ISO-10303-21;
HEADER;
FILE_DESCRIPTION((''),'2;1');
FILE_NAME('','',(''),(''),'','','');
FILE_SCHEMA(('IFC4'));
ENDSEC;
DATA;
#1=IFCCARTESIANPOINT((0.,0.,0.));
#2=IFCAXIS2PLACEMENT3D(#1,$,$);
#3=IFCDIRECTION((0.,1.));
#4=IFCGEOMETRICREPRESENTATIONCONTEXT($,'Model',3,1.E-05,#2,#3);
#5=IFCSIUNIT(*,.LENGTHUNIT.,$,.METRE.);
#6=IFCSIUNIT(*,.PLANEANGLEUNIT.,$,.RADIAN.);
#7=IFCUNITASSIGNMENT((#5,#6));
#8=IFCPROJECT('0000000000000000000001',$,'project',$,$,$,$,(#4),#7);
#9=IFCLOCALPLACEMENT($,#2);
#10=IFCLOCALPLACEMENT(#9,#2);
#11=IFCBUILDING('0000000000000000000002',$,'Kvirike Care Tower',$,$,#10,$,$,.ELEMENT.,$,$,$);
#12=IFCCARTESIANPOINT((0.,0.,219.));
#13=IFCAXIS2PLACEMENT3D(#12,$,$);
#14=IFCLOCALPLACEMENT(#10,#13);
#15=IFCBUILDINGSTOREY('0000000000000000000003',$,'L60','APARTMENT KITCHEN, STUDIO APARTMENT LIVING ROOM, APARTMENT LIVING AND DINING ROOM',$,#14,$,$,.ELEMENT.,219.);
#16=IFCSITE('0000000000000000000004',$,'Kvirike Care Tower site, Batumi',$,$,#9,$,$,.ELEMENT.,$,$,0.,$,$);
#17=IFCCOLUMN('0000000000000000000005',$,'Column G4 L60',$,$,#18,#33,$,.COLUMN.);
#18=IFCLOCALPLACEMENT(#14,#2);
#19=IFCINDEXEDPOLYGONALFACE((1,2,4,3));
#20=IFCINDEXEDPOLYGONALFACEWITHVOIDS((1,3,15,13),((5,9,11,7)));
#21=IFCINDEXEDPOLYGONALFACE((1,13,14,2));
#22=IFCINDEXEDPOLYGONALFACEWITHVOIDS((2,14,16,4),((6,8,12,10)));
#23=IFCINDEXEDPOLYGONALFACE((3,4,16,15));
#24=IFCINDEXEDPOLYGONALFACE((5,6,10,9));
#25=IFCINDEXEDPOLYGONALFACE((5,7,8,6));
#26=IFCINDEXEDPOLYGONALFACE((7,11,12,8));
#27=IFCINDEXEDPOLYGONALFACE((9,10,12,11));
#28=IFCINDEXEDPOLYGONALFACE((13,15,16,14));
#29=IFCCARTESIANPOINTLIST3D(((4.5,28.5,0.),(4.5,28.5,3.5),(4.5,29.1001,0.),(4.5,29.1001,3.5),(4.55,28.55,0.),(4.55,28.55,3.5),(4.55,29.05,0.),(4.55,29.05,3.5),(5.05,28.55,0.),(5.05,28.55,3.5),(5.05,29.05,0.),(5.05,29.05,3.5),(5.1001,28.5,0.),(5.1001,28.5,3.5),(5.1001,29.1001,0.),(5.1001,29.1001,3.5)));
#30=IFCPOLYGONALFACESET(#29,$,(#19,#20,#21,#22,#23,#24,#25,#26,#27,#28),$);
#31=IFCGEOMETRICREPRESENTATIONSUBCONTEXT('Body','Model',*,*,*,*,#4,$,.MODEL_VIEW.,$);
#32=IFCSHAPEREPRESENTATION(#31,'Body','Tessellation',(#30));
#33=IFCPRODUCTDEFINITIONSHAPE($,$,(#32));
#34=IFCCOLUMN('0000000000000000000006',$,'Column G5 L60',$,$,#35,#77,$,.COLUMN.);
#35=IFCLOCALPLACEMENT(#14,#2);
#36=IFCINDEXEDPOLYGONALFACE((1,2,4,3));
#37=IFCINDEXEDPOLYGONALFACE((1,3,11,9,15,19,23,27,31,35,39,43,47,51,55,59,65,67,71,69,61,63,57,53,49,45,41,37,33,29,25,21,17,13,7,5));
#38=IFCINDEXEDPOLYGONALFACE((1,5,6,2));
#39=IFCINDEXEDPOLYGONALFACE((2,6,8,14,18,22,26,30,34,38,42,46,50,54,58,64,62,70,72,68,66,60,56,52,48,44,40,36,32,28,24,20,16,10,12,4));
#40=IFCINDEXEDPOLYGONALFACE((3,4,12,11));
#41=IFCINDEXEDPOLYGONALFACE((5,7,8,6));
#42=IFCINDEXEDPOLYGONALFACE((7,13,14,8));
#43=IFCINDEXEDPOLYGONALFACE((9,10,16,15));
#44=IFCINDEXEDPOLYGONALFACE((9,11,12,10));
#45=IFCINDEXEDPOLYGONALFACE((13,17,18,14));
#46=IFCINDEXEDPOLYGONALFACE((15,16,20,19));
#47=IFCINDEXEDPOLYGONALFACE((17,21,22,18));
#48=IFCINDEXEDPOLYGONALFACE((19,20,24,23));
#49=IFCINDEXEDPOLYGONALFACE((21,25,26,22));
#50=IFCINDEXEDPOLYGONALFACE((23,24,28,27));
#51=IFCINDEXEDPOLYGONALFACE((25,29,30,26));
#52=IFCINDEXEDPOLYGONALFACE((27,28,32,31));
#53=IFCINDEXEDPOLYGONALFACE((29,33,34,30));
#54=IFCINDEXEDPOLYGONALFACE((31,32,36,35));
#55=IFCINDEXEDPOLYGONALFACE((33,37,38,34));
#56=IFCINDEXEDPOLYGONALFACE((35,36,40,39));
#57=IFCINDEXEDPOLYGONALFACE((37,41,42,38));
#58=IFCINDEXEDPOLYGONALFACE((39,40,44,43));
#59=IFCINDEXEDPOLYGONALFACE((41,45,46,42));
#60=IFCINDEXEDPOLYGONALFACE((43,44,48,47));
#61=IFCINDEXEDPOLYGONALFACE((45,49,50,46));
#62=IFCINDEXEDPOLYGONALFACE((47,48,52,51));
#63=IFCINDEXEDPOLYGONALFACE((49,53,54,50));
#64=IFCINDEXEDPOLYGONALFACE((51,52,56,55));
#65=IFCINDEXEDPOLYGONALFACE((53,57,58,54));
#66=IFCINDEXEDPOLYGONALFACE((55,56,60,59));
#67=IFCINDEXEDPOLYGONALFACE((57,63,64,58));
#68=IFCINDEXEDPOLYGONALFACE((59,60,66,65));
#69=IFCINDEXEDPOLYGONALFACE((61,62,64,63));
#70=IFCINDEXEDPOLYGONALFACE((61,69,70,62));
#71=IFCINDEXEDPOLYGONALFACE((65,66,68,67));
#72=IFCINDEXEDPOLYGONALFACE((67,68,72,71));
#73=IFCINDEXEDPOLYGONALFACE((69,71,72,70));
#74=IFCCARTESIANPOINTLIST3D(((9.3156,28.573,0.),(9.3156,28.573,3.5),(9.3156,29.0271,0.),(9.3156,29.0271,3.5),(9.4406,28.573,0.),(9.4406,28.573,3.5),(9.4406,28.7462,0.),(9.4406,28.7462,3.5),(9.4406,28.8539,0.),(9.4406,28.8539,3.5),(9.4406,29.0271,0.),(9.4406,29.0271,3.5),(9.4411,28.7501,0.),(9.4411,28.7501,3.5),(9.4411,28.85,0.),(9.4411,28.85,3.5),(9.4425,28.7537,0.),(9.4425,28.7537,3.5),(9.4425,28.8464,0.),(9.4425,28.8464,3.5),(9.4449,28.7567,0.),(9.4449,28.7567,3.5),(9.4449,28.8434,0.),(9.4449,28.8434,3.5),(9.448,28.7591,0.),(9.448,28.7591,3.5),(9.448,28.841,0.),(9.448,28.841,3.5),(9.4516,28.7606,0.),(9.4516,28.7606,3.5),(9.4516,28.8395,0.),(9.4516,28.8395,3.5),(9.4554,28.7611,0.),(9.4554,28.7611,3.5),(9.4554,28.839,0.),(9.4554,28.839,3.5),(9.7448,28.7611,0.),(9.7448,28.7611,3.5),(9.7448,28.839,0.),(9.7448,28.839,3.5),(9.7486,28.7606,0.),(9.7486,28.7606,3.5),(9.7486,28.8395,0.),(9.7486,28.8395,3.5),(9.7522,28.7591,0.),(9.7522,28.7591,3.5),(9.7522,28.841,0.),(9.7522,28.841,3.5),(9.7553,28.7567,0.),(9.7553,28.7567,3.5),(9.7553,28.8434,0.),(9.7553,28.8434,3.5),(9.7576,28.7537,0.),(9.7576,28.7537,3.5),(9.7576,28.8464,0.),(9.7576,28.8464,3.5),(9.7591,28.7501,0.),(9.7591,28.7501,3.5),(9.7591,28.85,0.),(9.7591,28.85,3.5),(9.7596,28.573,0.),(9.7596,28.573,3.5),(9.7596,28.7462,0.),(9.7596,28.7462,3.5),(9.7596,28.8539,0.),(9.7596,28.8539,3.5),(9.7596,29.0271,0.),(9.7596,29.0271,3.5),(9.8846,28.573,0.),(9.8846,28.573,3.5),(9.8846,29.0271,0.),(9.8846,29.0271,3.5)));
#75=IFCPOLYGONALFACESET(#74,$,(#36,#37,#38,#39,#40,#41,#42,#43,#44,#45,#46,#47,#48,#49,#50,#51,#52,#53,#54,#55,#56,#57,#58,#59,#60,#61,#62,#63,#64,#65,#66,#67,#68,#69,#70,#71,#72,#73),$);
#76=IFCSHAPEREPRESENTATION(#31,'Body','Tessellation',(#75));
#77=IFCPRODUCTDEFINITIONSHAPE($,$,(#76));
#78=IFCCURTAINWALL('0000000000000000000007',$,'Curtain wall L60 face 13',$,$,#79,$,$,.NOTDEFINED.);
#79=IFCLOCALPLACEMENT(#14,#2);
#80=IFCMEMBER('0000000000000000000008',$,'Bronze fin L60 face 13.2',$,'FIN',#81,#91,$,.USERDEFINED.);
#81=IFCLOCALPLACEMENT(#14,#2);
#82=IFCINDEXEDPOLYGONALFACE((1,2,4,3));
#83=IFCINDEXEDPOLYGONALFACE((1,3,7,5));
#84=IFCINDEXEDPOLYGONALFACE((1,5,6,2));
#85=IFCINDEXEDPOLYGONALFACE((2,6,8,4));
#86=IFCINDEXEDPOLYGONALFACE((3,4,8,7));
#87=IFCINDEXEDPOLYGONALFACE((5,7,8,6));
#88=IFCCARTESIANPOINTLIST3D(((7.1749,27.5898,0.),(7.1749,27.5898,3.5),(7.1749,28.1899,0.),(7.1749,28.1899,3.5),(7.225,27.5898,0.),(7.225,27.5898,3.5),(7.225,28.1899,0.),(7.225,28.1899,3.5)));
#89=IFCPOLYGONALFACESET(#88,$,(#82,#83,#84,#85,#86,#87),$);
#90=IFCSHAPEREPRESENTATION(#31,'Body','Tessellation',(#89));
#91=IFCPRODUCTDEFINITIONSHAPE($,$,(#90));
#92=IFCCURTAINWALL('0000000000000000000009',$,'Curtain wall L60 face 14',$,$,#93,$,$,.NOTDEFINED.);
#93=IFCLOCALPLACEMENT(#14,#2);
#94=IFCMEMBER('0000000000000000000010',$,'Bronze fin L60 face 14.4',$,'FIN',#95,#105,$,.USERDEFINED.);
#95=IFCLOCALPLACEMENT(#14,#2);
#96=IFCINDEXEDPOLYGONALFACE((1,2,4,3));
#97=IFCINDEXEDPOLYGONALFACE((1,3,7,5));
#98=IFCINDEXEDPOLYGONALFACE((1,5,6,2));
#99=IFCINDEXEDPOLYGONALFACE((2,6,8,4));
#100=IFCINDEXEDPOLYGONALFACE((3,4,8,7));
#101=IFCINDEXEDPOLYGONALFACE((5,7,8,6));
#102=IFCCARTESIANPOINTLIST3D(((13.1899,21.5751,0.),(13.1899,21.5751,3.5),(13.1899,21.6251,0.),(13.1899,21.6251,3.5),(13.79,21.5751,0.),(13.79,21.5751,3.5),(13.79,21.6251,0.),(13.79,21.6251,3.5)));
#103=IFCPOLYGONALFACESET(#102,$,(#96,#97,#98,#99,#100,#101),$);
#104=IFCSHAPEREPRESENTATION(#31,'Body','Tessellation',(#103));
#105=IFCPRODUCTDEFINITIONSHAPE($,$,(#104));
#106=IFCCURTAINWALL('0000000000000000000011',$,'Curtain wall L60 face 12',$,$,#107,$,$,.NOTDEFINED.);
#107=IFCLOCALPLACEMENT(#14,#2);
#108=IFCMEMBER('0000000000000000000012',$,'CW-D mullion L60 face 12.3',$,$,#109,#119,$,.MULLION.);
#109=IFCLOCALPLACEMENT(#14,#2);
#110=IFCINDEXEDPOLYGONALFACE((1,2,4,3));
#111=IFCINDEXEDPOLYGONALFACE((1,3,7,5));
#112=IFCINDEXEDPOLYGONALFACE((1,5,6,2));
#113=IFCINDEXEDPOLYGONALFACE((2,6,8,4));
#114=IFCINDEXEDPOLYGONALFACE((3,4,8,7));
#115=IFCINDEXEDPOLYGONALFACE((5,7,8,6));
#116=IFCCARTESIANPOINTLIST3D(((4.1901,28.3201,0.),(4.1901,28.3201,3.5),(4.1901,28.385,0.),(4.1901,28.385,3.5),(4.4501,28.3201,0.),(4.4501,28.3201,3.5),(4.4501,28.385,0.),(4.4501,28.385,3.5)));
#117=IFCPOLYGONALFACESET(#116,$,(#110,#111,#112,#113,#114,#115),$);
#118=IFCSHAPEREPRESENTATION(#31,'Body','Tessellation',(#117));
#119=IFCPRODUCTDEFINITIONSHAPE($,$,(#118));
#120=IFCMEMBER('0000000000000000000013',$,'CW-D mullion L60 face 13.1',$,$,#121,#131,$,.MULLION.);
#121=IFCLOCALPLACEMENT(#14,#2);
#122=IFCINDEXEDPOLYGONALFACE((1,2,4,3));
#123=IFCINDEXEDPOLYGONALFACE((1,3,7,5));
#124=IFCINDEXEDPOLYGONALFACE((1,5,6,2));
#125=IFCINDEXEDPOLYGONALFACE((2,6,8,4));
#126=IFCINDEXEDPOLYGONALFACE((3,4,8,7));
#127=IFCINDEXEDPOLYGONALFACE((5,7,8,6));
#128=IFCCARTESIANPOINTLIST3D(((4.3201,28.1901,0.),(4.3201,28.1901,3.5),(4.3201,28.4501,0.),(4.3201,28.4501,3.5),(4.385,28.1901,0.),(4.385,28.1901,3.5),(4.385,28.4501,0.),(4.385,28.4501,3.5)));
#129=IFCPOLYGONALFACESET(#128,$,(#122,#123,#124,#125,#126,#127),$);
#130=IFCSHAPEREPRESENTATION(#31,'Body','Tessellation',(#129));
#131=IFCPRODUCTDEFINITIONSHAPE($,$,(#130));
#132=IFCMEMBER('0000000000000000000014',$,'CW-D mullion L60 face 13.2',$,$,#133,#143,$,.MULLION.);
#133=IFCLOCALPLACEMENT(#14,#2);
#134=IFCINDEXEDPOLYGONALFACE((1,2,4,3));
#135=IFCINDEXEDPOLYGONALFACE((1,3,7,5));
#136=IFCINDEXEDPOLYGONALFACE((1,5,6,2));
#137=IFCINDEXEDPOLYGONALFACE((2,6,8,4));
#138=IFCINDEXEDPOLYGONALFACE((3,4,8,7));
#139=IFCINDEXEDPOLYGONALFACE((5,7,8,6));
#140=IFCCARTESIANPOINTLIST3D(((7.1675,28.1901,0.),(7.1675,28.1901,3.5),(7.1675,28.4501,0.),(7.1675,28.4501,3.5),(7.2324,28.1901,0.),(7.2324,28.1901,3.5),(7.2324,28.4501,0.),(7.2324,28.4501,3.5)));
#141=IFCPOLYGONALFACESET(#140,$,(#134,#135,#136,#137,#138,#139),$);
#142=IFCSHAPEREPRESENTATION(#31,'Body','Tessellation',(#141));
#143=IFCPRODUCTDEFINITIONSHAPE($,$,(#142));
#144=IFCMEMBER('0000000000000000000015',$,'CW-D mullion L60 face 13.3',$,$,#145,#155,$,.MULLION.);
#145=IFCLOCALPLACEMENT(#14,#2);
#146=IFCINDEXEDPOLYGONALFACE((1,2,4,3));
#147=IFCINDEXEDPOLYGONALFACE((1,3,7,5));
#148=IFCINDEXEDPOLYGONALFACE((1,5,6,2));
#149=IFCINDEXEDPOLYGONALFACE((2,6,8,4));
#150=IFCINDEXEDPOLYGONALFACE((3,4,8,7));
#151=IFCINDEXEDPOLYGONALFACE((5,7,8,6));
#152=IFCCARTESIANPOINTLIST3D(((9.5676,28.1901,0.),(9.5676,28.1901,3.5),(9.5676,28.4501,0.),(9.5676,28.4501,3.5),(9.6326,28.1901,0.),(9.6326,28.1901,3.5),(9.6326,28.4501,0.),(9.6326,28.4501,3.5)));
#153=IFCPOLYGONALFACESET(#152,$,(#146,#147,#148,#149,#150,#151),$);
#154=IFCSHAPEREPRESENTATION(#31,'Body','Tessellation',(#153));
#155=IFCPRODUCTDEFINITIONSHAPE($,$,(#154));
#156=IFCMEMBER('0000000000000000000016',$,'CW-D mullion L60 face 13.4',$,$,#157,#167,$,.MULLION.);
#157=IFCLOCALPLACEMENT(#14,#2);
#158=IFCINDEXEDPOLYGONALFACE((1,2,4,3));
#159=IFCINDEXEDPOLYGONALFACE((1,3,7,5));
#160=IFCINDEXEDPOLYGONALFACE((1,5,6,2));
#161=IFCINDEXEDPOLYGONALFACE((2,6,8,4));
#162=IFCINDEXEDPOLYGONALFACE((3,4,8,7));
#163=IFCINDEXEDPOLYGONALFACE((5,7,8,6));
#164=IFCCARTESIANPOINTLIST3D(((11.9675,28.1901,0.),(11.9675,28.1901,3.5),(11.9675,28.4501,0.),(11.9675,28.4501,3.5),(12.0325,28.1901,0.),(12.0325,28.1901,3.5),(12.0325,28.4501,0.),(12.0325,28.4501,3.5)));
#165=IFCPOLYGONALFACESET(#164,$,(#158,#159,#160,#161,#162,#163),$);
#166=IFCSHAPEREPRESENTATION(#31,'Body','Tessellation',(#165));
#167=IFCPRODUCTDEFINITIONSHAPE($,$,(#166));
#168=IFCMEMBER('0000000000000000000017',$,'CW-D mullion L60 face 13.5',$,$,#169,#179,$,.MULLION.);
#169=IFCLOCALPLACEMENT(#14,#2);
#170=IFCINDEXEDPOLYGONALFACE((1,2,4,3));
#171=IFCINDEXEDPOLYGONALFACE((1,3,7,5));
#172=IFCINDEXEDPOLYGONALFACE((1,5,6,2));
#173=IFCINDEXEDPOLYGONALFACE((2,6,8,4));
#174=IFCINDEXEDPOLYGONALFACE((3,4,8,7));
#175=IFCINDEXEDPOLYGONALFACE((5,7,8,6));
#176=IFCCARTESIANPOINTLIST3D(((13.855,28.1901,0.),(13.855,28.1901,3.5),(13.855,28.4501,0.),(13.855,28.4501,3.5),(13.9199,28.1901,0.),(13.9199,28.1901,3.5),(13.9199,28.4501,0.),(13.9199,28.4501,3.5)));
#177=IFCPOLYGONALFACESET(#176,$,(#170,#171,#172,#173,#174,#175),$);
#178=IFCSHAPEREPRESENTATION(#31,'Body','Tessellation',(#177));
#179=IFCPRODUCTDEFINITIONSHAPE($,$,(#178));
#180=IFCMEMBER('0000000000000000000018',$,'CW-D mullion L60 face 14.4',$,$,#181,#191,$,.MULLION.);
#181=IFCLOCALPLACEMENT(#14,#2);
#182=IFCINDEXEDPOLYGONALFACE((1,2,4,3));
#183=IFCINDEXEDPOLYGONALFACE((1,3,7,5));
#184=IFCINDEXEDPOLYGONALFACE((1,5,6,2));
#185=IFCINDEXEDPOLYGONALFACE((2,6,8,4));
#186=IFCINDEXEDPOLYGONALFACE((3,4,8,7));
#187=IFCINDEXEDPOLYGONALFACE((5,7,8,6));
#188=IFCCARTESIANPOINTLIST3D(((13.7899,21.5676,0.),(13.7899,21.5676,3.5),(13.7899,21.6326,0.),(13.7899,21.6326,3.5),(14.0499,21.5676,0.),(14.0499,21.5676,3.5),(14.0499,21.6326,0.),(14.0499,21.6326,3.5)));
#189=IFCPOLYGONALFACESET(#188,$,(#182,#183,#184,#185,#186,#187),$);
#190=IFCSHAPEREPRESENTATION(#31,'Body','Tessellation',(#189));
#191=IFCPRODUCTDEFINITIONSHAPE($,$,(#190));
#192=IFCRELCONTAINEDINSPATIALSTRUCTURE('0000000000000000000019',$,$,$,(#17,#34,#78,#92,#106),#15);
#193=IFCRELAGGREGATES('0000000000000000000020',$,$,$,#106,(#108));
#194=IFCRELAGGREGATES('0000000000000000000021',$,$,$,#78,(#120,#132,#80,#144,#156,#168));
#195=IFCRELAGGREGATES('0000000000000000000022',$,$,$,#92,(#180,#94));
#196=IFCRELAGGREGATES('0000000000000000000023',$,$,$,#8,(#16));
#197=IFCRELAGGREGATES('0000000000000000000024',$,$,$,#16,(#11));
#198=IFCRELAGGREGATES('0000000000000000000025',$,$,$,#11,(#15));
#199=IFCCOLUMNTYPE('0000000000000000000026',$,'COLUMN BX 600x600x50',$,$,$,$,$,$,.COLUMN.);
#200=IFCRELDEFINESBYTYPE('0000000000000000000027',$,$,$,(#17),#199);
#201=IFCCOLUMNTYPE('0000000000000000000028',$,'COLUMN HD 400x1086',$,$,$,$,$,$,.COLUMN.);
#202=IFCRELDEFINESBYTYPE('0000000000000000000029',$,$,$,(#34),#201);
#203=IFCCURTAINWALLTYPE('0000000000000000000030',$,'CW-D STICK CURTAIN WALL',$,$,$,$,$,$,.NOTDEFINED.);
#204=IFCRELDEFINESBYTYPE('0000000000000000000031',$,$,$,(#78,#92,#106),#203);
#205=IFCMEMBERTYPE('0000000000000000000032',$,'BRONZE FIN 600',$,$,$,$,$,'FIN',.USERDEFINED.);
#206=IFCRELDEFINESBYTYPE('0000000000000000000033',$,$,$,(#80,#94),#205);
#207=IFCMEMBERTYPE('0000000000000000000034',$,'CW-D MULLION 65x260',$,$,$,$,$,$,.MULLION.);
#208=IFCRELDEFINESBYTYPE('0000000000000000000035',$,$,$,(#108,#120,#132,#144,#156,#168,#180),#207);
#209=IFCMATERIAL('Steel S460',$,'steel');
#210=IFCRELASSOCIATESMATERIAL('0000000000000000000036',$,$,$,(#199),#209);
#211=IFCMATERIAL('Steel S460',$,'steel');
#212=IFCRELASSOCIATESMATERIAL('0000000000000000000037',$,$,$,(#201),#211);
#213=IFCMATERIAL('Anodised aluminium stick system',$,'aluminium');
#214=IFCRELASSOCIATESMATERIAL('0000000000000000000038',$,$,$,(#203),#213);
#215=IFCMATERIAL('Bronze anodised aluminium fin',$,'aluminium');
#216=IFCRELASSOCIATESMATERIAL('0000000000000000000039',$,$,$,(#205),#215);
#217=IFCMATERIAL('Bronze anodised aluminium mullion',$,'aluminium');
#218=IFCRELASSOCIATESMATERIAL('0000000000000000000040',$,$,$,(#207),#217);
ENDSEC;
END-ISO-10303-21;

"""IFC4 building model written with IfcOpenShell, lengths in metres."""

from ifc_helpers import new_model, si_unit, direction, frame, origin, origin_2d, place, context, subcontext, project, spatial, rectangle, hollow_rectangle, i_section, extrude, material, material_profile, profile_set, type_object, element, aggregate, save


model = new_model("IFC4")

# Units and contexts
model_context = context("Model", 3, precision=1e-05, world=origin(), true_north=direction((0.0, 1.0)))
body_context = subcontext(model_context, "Body", "Model", "MODEL_VIEW")
ifc_project = project(units=[si_unit("LENGTHUNIT", "METRE"), si_unit("PLANEANGLEUNIT", "RADIAN")], contexts=[model_context])

# Site, building, storey
site_placement = place(None, origin())
site = spatial("IfcSite", under=ifc_project, at=site_placement, Name="Kvirike Care Tower site, Batumi", CompositionType="ELEMENT", RefElevation=0.0)
building_placement = place(site_placement, origin())
building = spatial("IfcBuilding", under=site, at=building_placement, Name="Kvirike Care Tower", CompositionType="ELEMENT")
storey_placement = place(building_placement, frame((0.0, 0.0, 219.0)))
storey = spatial("IfcBuildingStorey", under=building, at=storey_placement, Name="L60", Description="APARTMENT KITCHEN, STUDIO APARTMENT LIVING ROOM, APARTMENT LIVING AND DINING ROOM", CompositionType="ELEMENT", Elevation=219.0)

# Columns
ifc_material_1 = material(Name="Steel S460", Category="steel")
ifc_material_profile_1 = material_profile(ifc_material_1, hollow_rectangle(XDim=0.6001, YDim=0.6001, WallThickness=0.05, at=origin_2d()), Name="BX 600x600x50")
ifc_profile_set_1 = profile_set([ifc_material_profile_1], Name="Steel S460")
column_type_1 = type_object("IfcColumnType", Name="COLUMN BX 600x600x50", PredefinedType="COLUMN", material=ifc_profile_set_1)
column_1_placement = place(storey_placement, frame((4.8, 28.8, 0.0), z_axis=(0.0, 0.0, 1.0), x_axis=(0.0, 1.0, 0.0)))
element("IfcColumn", 1, at=column_1_placement, inside=storey, type_object=column_type_1, Name="Column G4 L60", PredefinedType="COLUMN", context=body_context, shape_type="SweptSolid", body=[
    extrude(hollow_rectangle(XDim=0.6001, YDim=0.6001, WallThickness=0.05, at=origin_2d()), origin(), (0.0, 0.0, 1.0), 3.5),
])
ifc_material_2 = material(Name="Steel S460", Category="steel")
ifc_material_profile_2 = material_profile(ifc_material_2, i_section(OverallWidth=0.4541, OverallDepth=0.5691, WebThickness=0.0779, FlangeThickness=0.125, FilletRadius=0.0149, at=origin_2d()), Name="HD 400x1086")
ifc_profile_set_2 = profile_set([ifc_material_profile_2], Name="Steel S460")
column_type_2 = type_object("IfcColumnType", Name="COLUMN HD 400x1086", PredefinedType="COLUMN", material=ifc_profile_set_2)
column_2_placement = place(storey_placement, frame((9.6001, 28.8, 0.0), z_axis=(0.0, 0.0, 1.0), x_axis=(0.0, 1.0, 0.0)))
element("IfcColumn", 2, at=column_2_placement, inside=storey, type_object=column_type_2, Name="Column G5 L60", PredefinedType="COLUMN", context=body_context, shape_type="SweptSolid", body=[
    extrude(i_section(OverallWidth=0.4541, OverallDepth=0.5691, WebThickness=0.0779, FlangeThickness=0.125, FilletRadius=0.0149, at=origin_2d()), origin(), (0.0, 0.0, 1.0), 3.5),
])

# Curtain walls, members
ifc_material_3 = material(Name="Anodised aluminium stick system", Category="aluminium")
curtain_wall_type = type_object("IfcCurtainWallType", Name="CW-D STICK CURTAIN WALL", PredefinedType="NOTDEFINED", material=ifc_material_3)
curtain_wall_1_placement = place(storey_placement, origin())
curtain_wall_1 = element("IfcCurtainWall", 3, at=curtain_wall_1_placement, inside=storey, type_object=curtain_wall_type, Name="Curtain wall L60 face 13", PredefinedType="NOTDEFINED")
ifc_material_4 = material(Name="Bronze anodised aluminium fin", Category="aluminium")
ifc_material_profile_3 = material_profile(ifc_material_4, rectangle(XDim=0.05, YDim=0.6001, at=origin_2d()), Name="BRONZE FIN 600")
ifc_profile_set_3 = profile_set([ifc_material_profile_3], Name="Bronze anodised aluminium fin")
member_type_1 = type_object("IfcMemberType", Name="BRONZE FIN 600", ElementType="FIN", PredefinedType="USERDEFINED", material=ifc_profile_set_3)
member_1_placement = place(storey_placement, frame((7.2, 27.8899, 0.0), z_axis=(0.0, 0.0, 1.0), x_axis=(1.0, 0.0, 0.0)))
member_1 = element("IfcMember", 4, at=member_1_placement, type_object=member_type_1, Name="Bronze fin L60 face 13.2", ObjectType="FIN", PredefinedType="USERDEFINED", context=body_context, shape_type="SweptSolid", body=[
    extrude(rectangle(XDim=0.05, YDim=0.6001, at=origin_2d()), origin(), (0.0, 0.0, 1.0), 3.5),
])
curtain_wall_2_placement = place(storey_placement, origin())
curtain_wall_2 = element("IfcCurtainWall", 5, at=curtain_wall_2_placement, inside=storey, type_object=curtain_wall_type, Name="Curtain wall L60 face 14", PredefinedType="NOTDEFINED")
member_2_placement = place(storey_placement, frame((13.49, 21.6001, 0.0), z_axis=(0.0, 0.0, 1.0), x_axis=(0.0, -1.0, 0.0)))
member_2 = element("IfcMember", 6, at=member_2_placement, type_object=member_type_1, Name="Bronze fin L60 face 14.4", ObjectType="FIN", PredefinedType="USERDEFINED", context=body_context, shape_type="SweptSolid", body=[
    extrude(rectangle(XDim=0.05, YDim=0.6001, at=origin_2d()), origin(), (0.0, 0.0, 1.0), 3.5),
])
curtain_wall_3_placement = place(storey_placement, origin())
curtain_wall_3 = element("IfcCurtainWall", 7, at=curtain_wall_3_placement, inside=storey, type_object=curtain_wall_type, Name="Curtain wall L60 face 12", PredefinedType="NOTDEFINED")
ifc_material_5 = material(Name="Bronze anodised aluminium mullion", Category="aluminium")
ifc_material_profile_4 = material_profile(ifc_material_5, rectangle(XDim=0.0649, YDim=0.26, at=origin_2d()), Name="CW-D MULLION 65x260")
ifc_profile_set_4 = profile_set([ifc_material_profile_4], Name="Bronze anodised aluminium mullion")
member_type_2 = type_object("IfcMemberType", Name="CW-D MULLION 65x260", PredefinedType="MULLION", material=ifc_profile_set_4)
member_3_placement = place(storey_placement, frame((4.3201, 28.3525, 0.0), z_axis=(0.0, 0.0, 1.0), x_axis=(0.0, -1.0, 0.0)))
member_3 = element("IfcMember", 8, at=member_3_placement, type_object=member_type_2, Name="CW-D mullion L60 face 12.3", PredefinedType="MULLION", context=body_context, shape_type="SweptSolid", body=[
    extrude(rectangle(XDim=0.0649, YDim=0.26, at=origin_2d()), origin(), (0.0, 0.0, 1.0), 3.5),
])

# Members
member_4_placement = place(storey_placement, frame((4.3525, 28.3201, 0.0), z_axis=(0.0, 0.0, 1.0), x_axis=(1.0, 0.0, 0.0)))
member_4 = element("IfcMember", 9, at=member_4_placement, type_object=member_type_2, Name="CW-D mullion L60 face 13.1", PredefinedType="MULLION", context=body_context, shape_type="SweptSolid", body=[
    extrude(rectangle(XDim=0.0649, YDim=0.26, at=origin_2d()), origin(), (0.0, 0.0, 1.0), 3.5),
])
member_5_placement = place(storey_placement, frame((7.2, 28.3201, 0.0), z_axis=(0.0, 0.0, 1.0), x_axis=(1.0, 0.0, 0.0)))
member_5 = element("IfcMember", 10, at=member_5_placement, type_object=member_type_2, Name="CW-D mullion L60 face 13.2", PredefinedType="MULLION", context=body_context, shape_type="SweptSolid", body=[
    extrude(rectangle(XDim=0.0649, YDim=0.26, at=origin_2d()), origin(), (0.0, 0.0, 1.0), 3.5),
])
member_6_placement = place(storey_placement, frame((9.6001, 28.3201, 0.0), z_axis=(0.0, 0.0, 1.0), x_axis=(1.0, 0.0, 0.0)))
member_6 = element("IfcMember", 11, at=member_6_placement, type_object=member_type_2, Name="CW-D mullion L60 face 13.3", PredefinedType="MULLION", context=body_context, shape_type="SweptSolid", body=[
    extrude(rectangle(XDim=0.0649, YDim=0.26, at=origin_2d()), origin(), (0.0, 0.0, 1.0), 3.5),
])
member_7_placement = place(storey_placement, frame((12.0, 28.3201, 0.0), z_axis=(0.0, 0.0, 1.0), x_axis=(1.0, 0.0, 0.0)))
member_7 = element("IfcMember", 12, at=member_7_placement, type_object=member_type_2, Name="CW-D mullion L60 face 13.4", PredefinedType="MULLION", context=body_context, shape_type="SweptSolid", body=[
    extrude(rectangle(XDim=0.0649, YDim=0.26, at=origin_2d()), origin(), (0.0, 0.0, 1.0), 3.5),
])
member_8_placement = place(storey_placement, frame((13.8875, 28.3201, 0.0), z_axis=(0.0, 0.0, 1.0), x_axis=(1.0, 0.0, 0.0)))
member_8 = element("IfcMember", 13, at=member_8_placement, type_object=member_type_2, Name="CW-D mullion L60 face 13.5", PredefinedType="MULLION", context=body_context, shape_type="SweptSolid", body=[
    extrude(rectangle(XDim=0.0649, YDim=0.26, at=origin_2d()), origin(), (0.0, 0.0, 1.0), 3.5),
])
member_9_placement = place(storey_placement, frame((13.9199, 21.6001, 0.0), z_axis=(0.0, 0.0, 1.0), x_axis=(0.0, -1.0, 0.0)))
member_9 = element("IfcMember", 14, at=member_9_placement, type_object=member_type_2, Name="CW-D mullion L60 face 14.4", PredefinedType="MULLION", context=body_context, shape_type="SweptSolid", body=[
    extrude(rectangle(XDim=0.0649, YDim=0.26, at=origin_2d()), origin(), (0.0, 0.0, 1.0), 3.5),
])

aggregate(curtain_wall_3, [member_3])
aggregate(curtain_wall_1, [member_4, member_5, member_1, member_6, member_7, member_8])
aggregate(curtain_wall_2, [member_9, member_2])

save(model, "model.ifc")
